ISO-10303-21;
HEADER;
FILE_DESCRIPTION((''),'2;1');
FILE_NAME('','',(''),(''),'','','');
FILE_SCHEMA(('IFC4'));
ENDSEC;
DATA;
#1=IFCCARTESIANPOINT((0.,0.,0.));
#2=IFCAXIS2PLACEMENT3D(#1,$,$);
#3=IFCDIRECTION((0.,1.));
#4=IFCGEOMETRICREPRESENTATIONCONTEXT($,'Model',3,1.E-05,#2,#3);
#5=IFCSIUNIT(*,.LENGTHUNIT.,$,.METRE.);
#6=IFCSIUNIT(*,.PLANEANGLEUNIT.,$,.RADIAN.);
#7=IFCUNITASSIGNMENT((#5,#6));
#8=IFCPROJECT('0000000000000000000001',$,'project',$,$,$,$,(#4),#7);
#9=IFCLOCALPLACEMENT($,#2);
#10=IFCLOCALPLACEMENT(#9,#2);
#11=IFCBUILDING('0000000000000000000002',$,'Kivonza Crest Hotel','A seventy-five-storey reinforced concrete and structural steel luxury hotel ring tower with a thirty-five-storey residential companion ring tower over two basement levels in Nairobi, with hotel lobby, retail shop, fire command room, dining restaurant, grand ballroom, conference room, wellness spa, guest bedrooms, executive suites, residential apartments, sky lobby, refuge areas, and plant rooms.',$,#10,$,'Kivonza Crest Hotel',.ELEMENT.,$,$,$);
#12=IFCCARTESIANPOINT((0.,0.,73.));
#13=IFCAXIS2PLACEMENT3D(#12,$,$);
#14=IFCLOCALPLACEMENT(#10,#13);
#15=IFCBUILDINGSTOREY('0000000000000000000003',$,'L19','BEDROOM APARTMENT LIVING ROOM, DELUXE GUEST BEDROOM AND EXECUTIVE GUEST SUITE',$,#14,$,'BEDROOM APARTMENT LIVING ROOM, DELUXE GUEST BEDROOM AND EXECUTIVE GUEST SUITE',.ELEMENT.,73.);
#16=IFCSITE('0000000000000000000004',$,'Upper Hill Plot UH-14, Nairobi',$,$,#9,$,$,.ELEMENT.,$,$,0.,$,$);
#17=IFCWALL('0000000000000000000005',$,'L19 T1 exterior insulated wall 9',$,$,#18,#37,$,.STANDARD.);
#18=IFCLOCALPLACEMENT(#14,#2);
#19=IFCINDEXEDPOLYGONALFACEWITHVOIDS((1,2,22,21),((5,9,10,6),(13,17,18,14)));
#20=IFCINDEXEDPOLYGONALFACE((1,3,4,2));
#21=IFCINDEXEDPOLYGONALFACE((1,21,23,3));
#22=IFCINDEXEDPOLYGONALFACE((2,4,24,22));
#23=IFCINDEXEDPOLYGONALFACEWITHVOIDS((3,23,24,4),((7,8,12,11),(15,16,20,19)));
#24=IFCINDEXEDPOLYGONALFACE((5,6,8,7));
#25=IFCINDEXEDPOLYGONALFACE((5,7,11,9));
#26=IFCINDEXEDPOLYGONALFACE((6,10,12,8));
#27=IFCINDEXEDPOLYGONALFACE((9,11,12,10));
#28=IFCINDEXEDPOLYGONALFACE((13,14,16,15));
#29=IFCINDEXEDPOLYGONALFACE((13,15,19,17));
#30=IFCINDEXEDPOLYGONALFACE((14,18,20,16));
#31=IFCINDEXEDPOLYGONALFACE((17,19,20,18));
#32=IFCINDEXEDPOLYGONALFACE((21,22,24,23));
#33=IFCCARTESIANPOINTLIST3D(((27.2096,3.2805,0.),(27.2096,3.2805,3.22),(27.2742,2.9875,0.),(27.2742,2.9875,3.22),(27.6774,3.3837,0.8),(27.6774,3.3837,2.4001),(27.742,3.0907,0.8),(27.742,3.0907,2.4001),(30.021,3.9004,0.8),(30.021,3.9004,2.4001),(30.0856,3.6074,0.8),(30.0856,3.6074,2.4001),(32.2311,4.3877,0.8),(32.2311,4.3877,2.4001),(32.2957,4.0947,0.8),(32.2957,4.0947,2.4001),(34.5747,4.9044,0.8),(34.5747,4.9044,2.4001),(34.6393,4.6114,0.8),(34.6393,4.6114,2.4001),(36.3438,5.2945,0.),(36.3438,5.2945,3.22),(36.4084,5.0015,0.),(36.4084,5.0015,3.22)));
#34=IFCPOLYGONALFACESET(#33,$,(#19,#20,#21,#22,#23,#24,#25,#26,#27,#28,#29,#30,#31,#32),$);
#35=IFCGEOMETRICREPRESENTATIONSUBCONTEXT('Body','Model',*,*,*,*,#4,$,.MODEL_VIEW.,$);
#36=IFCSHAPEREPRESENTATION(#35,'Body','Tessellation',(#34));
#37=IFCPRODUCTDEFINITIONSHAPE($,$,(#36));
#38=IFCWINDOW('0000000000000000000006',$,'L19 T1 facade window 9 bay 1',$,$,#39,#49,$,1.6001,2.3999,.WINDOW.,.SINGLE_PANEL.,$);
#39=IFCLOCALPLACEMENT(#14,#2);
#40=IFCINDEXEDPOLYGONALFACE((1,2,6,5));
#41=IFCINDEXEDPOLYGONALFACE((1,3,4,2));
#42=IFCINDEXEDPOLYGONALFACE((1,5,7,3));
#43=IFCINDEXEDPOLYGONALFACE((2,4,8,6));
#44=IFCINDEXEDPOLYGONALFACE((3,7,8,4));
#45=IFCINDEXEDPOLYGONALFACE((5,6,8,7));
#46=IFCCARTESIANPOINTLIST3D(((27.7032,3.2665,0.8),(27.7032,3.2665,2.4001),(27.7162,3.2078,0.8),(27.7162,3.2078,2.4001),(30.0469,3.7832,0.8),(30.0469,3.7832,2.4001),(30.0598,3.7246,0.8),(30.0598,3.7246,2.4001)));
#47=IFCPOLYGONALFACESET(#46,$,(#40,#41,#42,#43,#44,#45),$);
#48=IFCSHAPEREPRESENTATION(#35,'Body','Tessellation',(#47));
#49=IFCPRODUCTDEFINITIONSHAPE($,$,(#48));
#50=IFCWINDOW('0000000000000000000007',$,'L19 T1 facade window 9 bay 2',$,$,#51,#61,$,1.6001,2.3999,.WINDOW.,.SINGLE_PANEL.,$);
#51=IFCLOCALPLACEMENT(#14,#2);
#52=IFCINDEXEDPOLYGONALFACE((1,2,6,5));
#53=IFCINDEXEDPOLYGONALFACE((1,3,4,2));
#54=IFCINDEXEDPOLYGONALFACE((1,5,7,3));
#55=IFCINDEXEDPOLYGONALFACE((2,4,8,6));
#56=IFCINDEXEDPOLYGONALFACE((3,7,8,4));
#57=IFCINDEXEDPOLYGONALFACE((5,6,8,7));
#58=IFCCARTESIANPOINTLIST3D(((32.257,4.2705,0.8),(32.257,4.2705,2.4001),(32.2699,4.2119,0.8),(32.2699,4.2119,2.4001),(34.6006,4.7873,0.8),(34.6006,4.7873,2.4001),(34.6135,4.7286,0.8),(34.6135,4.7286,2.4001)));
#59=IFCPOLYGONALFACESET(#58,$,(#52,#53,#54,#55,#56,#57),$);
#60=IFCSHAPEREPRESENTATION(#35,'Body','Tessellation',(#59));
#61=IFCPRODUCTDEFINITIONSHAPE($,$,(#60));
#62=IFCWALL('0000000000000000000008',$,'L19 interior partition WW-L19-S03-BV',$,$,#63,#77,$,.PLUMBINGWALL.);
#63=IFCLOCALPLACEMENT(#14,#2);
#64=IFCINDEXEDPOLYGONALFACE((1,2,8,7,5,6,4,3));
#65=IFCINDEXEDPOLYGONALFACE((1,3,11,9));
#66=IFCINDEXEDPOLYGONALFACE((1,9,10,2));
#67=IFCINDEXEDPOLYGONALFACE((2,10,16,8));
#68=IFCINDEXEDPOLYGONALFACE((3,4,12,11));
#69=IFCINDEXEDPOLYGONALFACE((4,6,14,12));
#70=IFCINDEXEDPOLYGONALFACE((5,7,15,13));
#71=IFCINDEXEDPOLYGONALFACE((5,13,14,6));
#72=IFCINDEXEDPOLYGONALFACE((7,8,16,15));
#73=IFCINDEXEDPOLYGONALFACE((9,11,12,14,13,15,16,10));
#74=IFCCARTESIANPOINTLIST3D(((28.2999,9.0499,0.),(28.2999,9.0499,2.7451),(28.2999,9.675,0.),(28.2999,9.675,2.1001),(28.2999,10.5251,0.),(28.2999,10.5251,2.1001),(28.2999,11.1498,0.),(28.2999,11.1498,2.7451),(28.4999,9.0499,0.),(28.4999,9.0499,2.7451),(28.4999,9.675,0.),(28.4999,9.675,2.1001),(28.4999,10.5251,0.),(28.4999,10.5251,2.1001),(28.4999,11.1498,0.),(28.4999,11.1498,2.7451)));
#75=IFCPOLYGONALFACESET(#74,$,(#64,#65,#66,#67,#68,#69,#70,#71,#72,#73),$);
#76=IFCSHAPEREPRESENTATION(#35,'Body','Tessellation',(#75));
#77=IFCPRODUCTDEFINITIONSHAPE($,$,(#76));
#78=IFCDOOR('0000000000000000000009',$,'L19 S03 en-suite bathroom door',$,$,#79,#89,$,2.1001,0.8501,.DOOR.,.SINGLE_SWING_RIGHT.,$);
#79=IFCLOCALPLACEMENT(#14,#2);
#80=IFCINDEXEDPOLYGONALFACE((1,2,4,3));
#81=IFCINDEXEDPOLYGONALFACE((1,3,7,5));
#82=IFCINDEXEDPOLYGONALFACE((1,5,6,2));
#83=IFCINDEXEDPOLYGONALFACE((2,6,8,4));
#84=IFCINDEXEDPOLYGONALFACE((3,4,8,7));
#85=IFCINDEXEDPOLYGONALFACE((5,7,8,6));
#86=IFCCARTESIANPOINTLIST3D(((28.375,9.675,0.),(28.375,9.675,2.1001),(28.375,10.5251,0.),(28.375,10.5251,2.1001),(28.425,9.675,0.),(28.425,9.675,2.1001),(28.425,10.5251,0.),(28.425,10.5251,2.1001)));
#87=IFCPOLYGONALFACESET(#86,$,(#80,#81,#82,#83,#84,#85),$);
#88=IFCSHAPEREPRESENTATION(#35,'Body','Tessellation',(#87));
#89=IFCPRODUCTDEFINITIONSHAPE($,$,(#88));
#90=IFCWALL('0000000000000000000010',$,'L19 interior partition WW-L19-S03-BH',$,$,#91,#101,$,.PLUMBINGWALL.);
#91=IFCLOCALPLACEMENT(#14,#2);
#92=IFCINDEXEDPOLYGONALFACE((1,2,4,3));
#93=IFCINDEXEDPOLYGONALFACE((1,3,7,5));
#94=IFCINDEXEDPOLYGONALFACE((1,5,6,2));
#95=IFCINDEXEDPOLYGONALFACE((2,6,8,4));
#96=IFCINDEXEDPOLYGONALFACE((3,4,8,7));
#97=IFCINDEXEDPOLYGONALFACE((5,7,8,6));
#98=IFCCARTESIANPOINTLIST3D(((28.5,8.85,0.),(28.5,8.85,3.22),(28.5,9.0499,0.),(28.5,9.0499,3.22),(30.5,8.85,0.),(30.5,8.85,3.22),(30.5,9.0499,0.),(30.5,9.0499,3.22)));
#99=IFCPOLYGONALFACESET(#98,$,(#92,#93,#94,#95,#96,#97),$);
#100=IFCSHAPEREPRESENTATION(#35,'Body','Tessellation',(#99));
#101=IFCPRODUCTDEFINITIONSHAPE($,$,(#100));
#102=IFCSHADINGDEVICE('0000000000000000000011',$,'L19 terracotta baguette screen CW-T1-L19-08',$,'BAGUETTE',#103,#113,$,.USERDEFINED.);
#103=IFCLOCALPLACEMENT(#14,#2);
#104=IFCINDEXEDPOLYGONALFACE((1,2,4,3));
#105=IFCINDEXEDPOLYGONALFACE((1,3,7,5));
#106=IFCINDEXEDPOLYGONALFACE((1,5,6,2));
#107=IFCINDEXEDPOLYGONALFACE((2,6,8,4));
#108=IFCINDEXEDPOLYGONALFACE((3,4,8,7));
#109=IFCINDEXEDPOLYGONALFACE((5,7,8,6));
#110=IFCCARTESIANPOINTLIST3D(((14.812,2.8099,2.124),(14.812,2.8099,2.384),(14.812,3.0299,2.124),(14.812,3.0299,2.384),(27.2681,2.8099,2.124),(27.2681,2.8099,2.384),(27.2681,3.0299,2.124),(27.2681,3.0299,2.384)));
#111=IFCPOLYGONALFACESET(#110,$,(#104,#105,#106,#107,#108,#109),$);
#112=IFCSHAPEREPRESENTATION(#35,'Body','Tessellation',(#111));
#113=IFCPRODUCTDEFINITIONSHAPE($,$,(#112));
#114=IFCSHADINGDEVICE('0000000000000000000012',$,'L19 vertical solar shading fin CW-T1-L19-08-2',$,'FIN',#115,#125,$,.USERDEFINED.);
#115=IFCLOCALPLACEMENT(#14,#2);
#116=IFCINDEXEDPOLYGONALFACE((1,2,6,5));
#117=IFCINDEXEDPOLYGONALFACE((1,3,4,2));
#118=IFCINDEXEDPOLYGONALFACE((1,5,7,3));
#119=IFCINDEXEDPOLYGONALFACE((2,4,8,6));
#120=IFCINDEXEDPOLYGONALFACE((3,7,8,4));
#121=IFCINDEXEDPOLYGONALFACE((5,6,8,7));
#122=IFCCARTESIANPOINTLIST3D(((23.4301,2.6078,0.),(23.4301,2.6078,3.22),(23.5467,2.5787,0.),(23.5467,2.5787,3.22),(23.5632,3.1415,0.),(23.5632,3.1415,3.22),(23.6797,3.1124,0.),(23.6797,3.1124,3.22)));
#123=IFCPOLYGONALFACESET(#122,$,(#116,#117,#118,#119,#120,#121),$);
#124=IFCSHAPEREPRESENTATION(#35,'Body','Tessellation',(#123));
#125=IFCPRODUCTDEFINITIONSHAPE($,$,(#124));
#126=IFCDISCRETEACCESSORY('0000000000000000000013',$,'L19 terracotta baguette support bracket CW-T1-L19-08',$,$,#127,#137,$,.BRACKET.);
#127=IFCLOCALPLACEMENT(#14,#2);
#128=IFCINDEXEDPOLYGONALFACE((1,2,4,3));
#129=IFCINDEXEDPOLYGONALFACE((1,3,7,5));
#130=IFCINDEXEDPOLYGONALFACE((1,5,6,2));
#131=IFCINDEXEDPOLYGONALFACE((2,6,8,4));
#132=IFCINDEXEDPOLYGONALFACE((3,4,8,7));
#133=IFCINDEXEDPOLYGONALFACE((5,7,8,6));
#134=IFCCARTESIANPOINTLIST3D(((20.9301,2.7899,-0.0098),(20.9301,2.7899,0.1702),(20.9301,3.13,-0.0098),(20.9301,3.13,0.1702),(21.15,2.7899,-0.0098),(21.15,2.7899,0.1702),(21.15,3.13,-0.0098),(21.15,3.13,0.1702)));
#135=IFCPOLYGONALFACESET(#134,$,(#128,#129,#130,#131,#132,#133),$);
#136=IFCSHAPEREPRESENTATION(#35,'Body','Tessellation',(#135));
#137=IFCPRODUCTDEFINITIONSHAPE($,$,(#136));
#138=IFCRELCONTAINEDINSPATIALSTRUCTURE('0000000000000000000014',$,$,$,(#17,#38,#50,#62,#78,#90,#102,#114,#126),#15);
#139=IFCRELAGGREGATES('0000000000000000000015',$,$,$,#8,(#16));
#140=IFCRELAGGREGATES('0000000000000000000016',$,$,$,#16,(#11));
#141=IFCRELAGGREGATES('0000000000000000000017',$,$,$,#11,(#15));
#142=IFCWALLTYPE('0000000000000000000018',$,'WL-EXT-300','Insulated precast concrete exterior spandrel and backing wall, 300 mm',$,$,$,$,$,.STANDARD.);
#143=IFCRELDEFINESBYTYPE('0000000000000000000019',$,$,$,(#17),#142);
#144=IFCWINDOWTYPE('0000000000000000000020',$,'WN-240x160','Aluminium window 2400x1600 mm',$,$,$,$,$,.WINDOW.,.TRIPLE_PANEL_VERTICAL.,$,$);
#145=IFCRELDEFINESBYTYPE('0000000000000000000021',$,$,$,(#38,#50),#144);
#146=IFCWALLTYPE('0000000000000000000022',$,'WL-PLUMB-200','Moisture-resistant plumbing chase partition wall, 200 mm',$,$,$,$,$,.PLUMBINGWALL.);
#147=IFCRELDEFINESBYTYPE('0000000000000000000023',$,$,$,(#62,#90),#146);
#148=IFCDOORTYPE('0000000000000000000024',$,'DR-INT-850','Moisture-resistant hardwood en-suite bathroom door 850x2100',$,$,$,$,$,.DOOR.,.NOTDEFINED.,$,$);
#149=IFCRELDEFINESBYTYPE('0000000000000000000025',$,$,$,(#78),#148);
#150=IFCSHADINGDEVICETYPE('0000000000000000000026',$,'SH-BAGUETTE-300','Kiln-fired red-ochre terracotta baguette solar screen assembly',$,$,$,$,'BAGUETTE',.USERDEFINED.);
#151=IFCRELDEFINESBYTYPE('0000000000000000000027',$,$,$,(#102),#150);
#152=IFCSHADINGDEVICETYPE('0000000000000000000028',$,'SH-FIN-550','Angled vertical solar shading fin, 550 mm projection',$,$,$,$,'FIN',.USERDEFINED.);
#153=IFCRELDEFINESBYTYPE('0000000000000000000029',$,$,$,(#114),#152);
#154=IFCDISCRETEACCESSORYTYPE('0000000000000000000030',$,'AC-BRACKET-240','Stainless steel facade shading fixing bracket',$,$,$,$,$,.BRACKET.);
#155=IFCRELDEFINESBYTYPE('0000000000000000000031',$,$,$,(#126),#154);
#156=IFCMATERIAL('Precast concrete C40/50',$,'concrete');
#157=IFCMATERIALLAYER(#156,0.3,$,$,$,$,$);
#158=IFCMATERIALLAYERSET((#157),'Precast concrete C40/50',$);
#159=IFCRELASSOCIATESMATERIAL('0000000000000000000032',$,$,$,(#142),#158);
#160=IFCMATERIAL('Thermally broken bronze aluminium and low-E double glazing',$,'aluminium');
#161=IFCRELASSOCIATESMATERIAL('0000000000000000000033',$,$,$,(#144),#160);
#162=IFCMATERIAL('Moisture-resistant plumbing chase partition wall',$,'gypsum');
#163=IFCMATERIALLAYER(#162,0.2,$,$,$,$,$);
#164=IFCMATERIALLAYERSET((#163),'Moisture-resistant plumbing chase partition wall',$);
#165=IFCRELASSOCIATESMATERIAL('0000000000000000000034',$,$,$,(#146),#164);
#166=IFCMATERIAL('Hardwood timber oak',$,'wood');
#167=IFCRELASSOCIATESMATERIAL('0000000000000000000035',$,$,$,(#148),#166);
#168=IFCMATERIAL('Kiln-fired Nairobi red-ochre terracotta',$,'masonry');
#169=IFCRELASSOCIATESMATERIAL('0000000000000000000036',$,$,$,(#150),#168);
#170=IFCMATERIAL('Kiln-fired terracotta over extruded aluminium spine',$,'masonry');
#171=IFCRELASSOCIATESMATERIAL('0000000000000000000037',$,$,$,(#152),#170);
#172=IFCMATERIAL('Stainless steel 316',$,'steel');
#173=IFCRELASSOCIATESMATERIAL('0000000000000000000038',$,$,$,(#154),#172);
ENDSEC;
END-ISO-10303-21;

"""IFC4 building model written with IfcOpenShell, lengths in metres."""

from ifc_helpers import new_model, si_unit, direction, frame, frame_2d, origin, origin_2d, place, context, subcontext, project, spatial, rectangle, extrude, material, layer, layer_set, type_object, element, fill, save


model = new_model("IFC4")

# Units and contexts
model_context = context("Model", 3, precision=1e-05, world=origin(), true_north=direction((0.0, 1.0)))
body_context = subcontext(model_context, "Body", "Model", "MODEL_VIEW")
ifc_project = project(units=[si_unit("LENGTHUNIT", "METRE"), si_unit("PLANEANGLEUNIT", "RADIAN")], contexts=[model_context])

# Site, building, storey
site_placement = place(None, origin())
site = spatial("IfcSite", under=ifc_project, at=site_placement, Name="Upper Hill Plot UH-14, Nairobi", CompositionType="ELEMENT", RefElevation=0.0)
building_placement = place(site_placement, origin())
building = spatial("IfcBuilding", under=site, at=building_placement, Name="Kivonza Crest Hotel", Description="A seventy-five-storey reinforced concrete and structural steel luxury hotel ring tower with a thirty-five-storey residential companion ring tower over two basement levels in Nairobi, with hotel lobby, retail shop, fire command room, dining restaurant, grand ballroom, conference room, wellness spa, guest bedrooms, executive suites, residential apartments, sky lobby, refuge areas, and plant rooms.", LongName="Kivonza Crest Hotel", CompositionType="ELEMENT")
storey_placement = place(building_placement, frame((0.0, 0.0, 73.0)))
storey = spatial("IfcBuildingStorey", under=building, at=storey_placement, Name="L19", Description="BEDROOM APARTMENT LIVING ROOM, DELUXE GUEST BEDROOM AND EXECUTIVE GUEST SUITE", LongName="BEDROOM APARTMENT LIVING ROOM, DELUXE GUEST BEDROOM AND EXECUTIVE GUEST SUITE", CompositionType="ELEMENT", Elevation=73.0)

# Wall, openings, windows
ifc_material_1 = material(Name="Precast concrete C40/50", Category="concrete")
ifc_layer_1 = layer(ifc_material_1, 0.3)
ifc_layer_set_1 = layer_set([ifc_layer_1], Name="Precast concrete C40/50")
wall_type_1 = type_object("IfcWallType", Name="WL-EXT-300", Description="Insulated precast concrete exterior spandrel and backing wall, 300 mm", PredefinedType="STANDARD", material=ifc_layer_set_1)
wall_1_placement = place(storey_placement, frame((27.2419, 3.134, 0.0), z_axis=(0.0, 0.0, 1.0), x_axis=(0.976545, 0.215313, 0.0)))
wall_1 = element("IfcWall", 1, at=wall_1_placement, inside=storey, type_object=wall_type_1, Name="L19 T1 exterior insulated wall 9", PredefinedType="STANDARD", context=body_context, shape_type="SweptSolid", body=[
    extrude(rectangle(XDim=9.3535, YDim=0.3, at=frame_2d((4.6768, 0.0))), origin(), (0.0, 0.0, 1.0), 3.22),
])
opening_1_placement = place(wall_1_placement, frame((0.479, 0.0, 0.8)))
opening_1 = element("IfcOpeningElement", 2, at=opening_1_placement, cuts=wall_1, PredefinedType="OPENING", context=body_context, shape_type="SweptSolid", body=[
    extrude(rectangle(XDim=2.3999, YDim=1.6001, at=frame_2d((1.2, 0.8))), frame((0.0, 0.1602, 0.0), z_axis=(0.0, -1.0, 0.0), x_axis=(1.0, 0.0, 0.0)), (0.0, 0.0, 1.0), 0.3201),
])
opening_2_placement = place(wall_1_placement, frame((5.1421, 0.0, 0.8)))
opening_2 = element("IfcOpeningElement", 3, at=opening_2_placement, cuts=wall_1, PredefinedType="OPENING", context=body_context, shape_type="SweptSolid", body=[
    extrude(rectangle(XDim=2.3999, YDim=1.6001, at=frame_2d((1.2, 0.8))), frame((0.0, 0.1602, 0.0), z_axis=(0.0, -1.0, 0.0), x_axis=(1.0, 0.0, 0.0)), (0.0, 0.0, 1.0), 0.3201),
])
ifc_material_2 = material(Name="Thermally broken bronze aluminium and low-E double glazing", Category="aluminium")
window_type = type_object("IfcWindowType", Name="WN-240x160", Description="Aluminium window 2400x1600 mm", PartitioningType="TRIPLE_PANEL_VERTICAL", PredefinedType="WINDOW", material=ifc_material_2)
window_1_placement = place(opening_1_placement, origin())
window_1 = element("IfcWindow", 4, at=window_1_placement, inside=storey, type_object=window_type, Name="L19 T1 facade window 9 bay 1", OverallHeight=1.6001, OverallWidth=2.3999, PartitioningType="SINGLE_PANEL", PredefinedType="WINDOW", context=body_context, shape_type="SweptSolid", body=[
    extrude(rectangle(XDim=2.3999, YDim=1.6001, at=frame_2d((1.2, 0.8))), frame((0.0, 0.03, 0.0), z_axis=(0.0, -1.0, 0.0), x_axis=(1.0, 0.0, 0.0)), (0.0, 0.0, 1.0), 0.0601),
])
fill(opening_1, window_1)
window_2_placement = place(opening_2_placement, origin())
window_2 = element("IfcWindow", 5, at=window_2_placement, inside=storey, type_object=window_type, Name="L19 T1 facade window 9 bay 2", OverallHeight=1.6001, OverallWidth=2.3999, PartitioningType="SINGLE_PANEL", PredefinedType="WINDOW", context=body_context, shape_type="SweptSolid", body=[
    extrude(rectangle(XDim=2.3999, YDim=1.6001, at=frame_2d((1.2, 0.8))), frame((0.0, 0.03, 0.0), z_axis=(0.0, -1.0, 0.0), x_axis=(1.0, 0.0, 0.0)), (0.0, 0.0, 1.0), 0.0601),
])
fill(opening_2, window_2)

# Wall, opening, door
ifc_material_3 = material(Name="Moisture-resistant plumbing chase partition wall", Category="gypsum")
ifc_layer_2 = layer(ifc_material_3, 0.2)
ifc_layer_set_2 = layer_set([ifc_layer_2], Name="Moisture-resistant plumbing chase partition wall")
wall_type_2 = type_object("IfcWallType", Name="WL-PLUMB-200", Description="Moisture-resistant plumbing chase partition wall, 200 mm", PredefinedType="PLUMBINGWALL", material=ifc_layer_set_2)
wall_2_placement = place(storey_placement, frame((28.3999, 9.05, 0.0), z_axis=(0.0, 0.0, 1.0), x_axis=(0.0, 1.0, 0.0)))
wall_2 = element("IfcWall", 6, at=wall_2_placement, inside=storey, type_object=wall_type_2, Name="L19 interior partition WW-L19-S03-BV", PredefinedType="PLUMBINGWALL", context=body_context, shape_type="SweptSolid", body=[
    extrude(rectangle(XDim=2.0999, YDim=0.2, at=frame_2d((1.0498, 0.0))), origin(), (0.0, 0.0, 1.0), 2.7451),
])
opening_3_placement = place(wall_2_placement, frame((0.625, 0.0, 0.0)))
opening_3 = element("IfcOpeningElement", 7, at=opening_3_placement, cuts=wall_2, PredefinedType="OPENING", context=body_context, shape_type="SweptSolid", body=[
    extrude(rectangle(XDim=0.8501, YDim=2.1001, at=frame_2d((0.425, 1.05))), frame((0.0, 0.1099, 0.0), z_axis=(0.0, -1.0, 0.0), x_axis=(1.0, 0.0, 0.0)), (0.0, 0.0, 1.0), 0.22),
])
ifc_material_4 = material(Name="Hardwood timber oak", Category="wood")
door_type = type_object("IfcDoorType", Name="DR-INT-850", Description="Moisture-resistant hardwood en-suite bathroom door 850x2100", OperationType="NOTDEFINED", PredefinedType="DOOR", material=ifc_material_4)
door_placement = place(opening_3_placement, origin())
door = element("IfcDoor", 8, at=door_placement, inside=storey, type_object=door_type, Name="L19 S03 en-suite bathroom door", OperationType="SINGLE_SWING_RIGHT", OverallHeight=2.1001, OverallWidth=0.8501, PredefinedType="DOOR", context=body_context, shape_type="SweptSolid", body=[
    extrude(rectangle(XDim=0.8501, YDim=2.1001, at=frame_2d((0.425, 1.05))), frame((0.0, 0.0249, 0.0), z_axis=(0.0, -1.0, 0.0), x_axis=(1.0, 0.0, 0.0)), (0.0, 0.0, 1.0), 0.05),
])
fill(opening_3, door)

# Wall
wall_3_placement = place(storey_placement, frame((28.5, 8.95, 0.0), z_axis=(0.0, 0.0, 1.0), x_axis=(1.0, 0.0, 0.0)))
element("IfcWall", 9, at=wall_3_placement, inside=storey, type_object=wall_type_2, Name="L19 interior partition WW-L19-S03-BH", PredefinedType="PLUMBINGWALL", context=body_context, shape_type="SweptSolid", body=[
    extrude(rectangle(XDim=2.0, YDim=0.2, at=frame_2d((1.0, 0.0))), origin(), (0.0, 0.0, 1.0), 3.22),
])

# Shading devices
ifc_material_5 = material(Name="Kiln-fired Nairobi red-ochre terracotta", Category="masonry")
shading_device_type_1 = type_object("IfcShadingDeviceType", Name="SH-BAGUETTE-300", Description="Kiln-fired red-ochre terracotta baguette solar screen assembly", ElementType="BAGUETTE", PredefinedType="USERDEFINED", material=ifc_material_5)
shading_device_1_placement = place(storey_placement, frame((21.04, 2.9199, 2.124), z_axis=(0.0, 0.0, 1.0), x_axis=(1.0, 0.0, 0.0)))
element("IfcShadingDevice", 10, at=shading_device_1_placement, inside=storey, type_object=shading_device_type_1, Name="L19 terracotta baguette screen CW-T1-L19-08", ObjectType="BAGUETTE", PredefinedType="USERDEFINED", context=body_context, shape_type="SweptSolid", body=[
    extrude(rectangle(XDim=12.4561, YDim=0.22, at=origin_2d()), origin(), (0.0, 0.0, 1.0), 0.26),
])
ifc_material_6 = material(Name="Kiln-fired terracotta over extruded aluminium spine", Category="masonry")
shading_device_type_2 = type_object("IfcShadingDeviceType", Name="SH-FIN-550", Description="Angled vertical solar shading fin, 550 mm projection", ElementType="FIN", PredefinedType="USERDEFINED", material=ifc_material_6)
shading_device_2_placement = place(storey_placement, frame((23.5549, 2.8601, 0.0), z_axis=(0.0, 0.0, 1.0), x_axis=(0.970296, -0.241922, 0.0)))
element("IfcShadingDevice", 11, at=shading_device_2_placement, inside=storey, type_object=shading_device_type_2, Name="L19 vertical solar shading fin CW-T1-L19-08-2", ObjectType="FIN", PredefinedType="USERDEFINED", context=body_context, shape_type="SweptSolid", body=[
    extrude(rectangle(XDim=0.1201, YDim=0.55, at=origin_2d()), origin(), (0.0, 0.0, 1.0), 3.22),
])

# Discrete accessory
ifc_material_7 = material(Name="Stainless steel 316", Category="steel")
discrete_accessory_type = type_object("IfcDiscreteAccessoryType", Name="AC-BRACKET-240", Description="Stainless steel facade shading fixing bracket", PredefinedType="BRACKET", material=ifc_material_7)
discrete_accessory_placement = place(storey_placement, frame((21.04, 2.96, -0.0098), z_axis=(0.0, 0.0, 1.0), x_axis=(1.0, 0.0, 0.0)))
element("IfcDiscreteAccessory", 12, at=discrete_accessory_placement, inside=storey, type_object=discrete_accessory_type, Name="L19 terracotta baguette support bracket CW-T1-L19-08", PredefinedType="BRACKET", context=body_context, shape_type="SweptSolid", body=[
    extrude(rectangle(XDim=0.22, YDim=0.3401, at=origin_2d()), origin(), (0.0, 0.0, 1.0), 0.1799),
])

save(model, "model.ifc")
